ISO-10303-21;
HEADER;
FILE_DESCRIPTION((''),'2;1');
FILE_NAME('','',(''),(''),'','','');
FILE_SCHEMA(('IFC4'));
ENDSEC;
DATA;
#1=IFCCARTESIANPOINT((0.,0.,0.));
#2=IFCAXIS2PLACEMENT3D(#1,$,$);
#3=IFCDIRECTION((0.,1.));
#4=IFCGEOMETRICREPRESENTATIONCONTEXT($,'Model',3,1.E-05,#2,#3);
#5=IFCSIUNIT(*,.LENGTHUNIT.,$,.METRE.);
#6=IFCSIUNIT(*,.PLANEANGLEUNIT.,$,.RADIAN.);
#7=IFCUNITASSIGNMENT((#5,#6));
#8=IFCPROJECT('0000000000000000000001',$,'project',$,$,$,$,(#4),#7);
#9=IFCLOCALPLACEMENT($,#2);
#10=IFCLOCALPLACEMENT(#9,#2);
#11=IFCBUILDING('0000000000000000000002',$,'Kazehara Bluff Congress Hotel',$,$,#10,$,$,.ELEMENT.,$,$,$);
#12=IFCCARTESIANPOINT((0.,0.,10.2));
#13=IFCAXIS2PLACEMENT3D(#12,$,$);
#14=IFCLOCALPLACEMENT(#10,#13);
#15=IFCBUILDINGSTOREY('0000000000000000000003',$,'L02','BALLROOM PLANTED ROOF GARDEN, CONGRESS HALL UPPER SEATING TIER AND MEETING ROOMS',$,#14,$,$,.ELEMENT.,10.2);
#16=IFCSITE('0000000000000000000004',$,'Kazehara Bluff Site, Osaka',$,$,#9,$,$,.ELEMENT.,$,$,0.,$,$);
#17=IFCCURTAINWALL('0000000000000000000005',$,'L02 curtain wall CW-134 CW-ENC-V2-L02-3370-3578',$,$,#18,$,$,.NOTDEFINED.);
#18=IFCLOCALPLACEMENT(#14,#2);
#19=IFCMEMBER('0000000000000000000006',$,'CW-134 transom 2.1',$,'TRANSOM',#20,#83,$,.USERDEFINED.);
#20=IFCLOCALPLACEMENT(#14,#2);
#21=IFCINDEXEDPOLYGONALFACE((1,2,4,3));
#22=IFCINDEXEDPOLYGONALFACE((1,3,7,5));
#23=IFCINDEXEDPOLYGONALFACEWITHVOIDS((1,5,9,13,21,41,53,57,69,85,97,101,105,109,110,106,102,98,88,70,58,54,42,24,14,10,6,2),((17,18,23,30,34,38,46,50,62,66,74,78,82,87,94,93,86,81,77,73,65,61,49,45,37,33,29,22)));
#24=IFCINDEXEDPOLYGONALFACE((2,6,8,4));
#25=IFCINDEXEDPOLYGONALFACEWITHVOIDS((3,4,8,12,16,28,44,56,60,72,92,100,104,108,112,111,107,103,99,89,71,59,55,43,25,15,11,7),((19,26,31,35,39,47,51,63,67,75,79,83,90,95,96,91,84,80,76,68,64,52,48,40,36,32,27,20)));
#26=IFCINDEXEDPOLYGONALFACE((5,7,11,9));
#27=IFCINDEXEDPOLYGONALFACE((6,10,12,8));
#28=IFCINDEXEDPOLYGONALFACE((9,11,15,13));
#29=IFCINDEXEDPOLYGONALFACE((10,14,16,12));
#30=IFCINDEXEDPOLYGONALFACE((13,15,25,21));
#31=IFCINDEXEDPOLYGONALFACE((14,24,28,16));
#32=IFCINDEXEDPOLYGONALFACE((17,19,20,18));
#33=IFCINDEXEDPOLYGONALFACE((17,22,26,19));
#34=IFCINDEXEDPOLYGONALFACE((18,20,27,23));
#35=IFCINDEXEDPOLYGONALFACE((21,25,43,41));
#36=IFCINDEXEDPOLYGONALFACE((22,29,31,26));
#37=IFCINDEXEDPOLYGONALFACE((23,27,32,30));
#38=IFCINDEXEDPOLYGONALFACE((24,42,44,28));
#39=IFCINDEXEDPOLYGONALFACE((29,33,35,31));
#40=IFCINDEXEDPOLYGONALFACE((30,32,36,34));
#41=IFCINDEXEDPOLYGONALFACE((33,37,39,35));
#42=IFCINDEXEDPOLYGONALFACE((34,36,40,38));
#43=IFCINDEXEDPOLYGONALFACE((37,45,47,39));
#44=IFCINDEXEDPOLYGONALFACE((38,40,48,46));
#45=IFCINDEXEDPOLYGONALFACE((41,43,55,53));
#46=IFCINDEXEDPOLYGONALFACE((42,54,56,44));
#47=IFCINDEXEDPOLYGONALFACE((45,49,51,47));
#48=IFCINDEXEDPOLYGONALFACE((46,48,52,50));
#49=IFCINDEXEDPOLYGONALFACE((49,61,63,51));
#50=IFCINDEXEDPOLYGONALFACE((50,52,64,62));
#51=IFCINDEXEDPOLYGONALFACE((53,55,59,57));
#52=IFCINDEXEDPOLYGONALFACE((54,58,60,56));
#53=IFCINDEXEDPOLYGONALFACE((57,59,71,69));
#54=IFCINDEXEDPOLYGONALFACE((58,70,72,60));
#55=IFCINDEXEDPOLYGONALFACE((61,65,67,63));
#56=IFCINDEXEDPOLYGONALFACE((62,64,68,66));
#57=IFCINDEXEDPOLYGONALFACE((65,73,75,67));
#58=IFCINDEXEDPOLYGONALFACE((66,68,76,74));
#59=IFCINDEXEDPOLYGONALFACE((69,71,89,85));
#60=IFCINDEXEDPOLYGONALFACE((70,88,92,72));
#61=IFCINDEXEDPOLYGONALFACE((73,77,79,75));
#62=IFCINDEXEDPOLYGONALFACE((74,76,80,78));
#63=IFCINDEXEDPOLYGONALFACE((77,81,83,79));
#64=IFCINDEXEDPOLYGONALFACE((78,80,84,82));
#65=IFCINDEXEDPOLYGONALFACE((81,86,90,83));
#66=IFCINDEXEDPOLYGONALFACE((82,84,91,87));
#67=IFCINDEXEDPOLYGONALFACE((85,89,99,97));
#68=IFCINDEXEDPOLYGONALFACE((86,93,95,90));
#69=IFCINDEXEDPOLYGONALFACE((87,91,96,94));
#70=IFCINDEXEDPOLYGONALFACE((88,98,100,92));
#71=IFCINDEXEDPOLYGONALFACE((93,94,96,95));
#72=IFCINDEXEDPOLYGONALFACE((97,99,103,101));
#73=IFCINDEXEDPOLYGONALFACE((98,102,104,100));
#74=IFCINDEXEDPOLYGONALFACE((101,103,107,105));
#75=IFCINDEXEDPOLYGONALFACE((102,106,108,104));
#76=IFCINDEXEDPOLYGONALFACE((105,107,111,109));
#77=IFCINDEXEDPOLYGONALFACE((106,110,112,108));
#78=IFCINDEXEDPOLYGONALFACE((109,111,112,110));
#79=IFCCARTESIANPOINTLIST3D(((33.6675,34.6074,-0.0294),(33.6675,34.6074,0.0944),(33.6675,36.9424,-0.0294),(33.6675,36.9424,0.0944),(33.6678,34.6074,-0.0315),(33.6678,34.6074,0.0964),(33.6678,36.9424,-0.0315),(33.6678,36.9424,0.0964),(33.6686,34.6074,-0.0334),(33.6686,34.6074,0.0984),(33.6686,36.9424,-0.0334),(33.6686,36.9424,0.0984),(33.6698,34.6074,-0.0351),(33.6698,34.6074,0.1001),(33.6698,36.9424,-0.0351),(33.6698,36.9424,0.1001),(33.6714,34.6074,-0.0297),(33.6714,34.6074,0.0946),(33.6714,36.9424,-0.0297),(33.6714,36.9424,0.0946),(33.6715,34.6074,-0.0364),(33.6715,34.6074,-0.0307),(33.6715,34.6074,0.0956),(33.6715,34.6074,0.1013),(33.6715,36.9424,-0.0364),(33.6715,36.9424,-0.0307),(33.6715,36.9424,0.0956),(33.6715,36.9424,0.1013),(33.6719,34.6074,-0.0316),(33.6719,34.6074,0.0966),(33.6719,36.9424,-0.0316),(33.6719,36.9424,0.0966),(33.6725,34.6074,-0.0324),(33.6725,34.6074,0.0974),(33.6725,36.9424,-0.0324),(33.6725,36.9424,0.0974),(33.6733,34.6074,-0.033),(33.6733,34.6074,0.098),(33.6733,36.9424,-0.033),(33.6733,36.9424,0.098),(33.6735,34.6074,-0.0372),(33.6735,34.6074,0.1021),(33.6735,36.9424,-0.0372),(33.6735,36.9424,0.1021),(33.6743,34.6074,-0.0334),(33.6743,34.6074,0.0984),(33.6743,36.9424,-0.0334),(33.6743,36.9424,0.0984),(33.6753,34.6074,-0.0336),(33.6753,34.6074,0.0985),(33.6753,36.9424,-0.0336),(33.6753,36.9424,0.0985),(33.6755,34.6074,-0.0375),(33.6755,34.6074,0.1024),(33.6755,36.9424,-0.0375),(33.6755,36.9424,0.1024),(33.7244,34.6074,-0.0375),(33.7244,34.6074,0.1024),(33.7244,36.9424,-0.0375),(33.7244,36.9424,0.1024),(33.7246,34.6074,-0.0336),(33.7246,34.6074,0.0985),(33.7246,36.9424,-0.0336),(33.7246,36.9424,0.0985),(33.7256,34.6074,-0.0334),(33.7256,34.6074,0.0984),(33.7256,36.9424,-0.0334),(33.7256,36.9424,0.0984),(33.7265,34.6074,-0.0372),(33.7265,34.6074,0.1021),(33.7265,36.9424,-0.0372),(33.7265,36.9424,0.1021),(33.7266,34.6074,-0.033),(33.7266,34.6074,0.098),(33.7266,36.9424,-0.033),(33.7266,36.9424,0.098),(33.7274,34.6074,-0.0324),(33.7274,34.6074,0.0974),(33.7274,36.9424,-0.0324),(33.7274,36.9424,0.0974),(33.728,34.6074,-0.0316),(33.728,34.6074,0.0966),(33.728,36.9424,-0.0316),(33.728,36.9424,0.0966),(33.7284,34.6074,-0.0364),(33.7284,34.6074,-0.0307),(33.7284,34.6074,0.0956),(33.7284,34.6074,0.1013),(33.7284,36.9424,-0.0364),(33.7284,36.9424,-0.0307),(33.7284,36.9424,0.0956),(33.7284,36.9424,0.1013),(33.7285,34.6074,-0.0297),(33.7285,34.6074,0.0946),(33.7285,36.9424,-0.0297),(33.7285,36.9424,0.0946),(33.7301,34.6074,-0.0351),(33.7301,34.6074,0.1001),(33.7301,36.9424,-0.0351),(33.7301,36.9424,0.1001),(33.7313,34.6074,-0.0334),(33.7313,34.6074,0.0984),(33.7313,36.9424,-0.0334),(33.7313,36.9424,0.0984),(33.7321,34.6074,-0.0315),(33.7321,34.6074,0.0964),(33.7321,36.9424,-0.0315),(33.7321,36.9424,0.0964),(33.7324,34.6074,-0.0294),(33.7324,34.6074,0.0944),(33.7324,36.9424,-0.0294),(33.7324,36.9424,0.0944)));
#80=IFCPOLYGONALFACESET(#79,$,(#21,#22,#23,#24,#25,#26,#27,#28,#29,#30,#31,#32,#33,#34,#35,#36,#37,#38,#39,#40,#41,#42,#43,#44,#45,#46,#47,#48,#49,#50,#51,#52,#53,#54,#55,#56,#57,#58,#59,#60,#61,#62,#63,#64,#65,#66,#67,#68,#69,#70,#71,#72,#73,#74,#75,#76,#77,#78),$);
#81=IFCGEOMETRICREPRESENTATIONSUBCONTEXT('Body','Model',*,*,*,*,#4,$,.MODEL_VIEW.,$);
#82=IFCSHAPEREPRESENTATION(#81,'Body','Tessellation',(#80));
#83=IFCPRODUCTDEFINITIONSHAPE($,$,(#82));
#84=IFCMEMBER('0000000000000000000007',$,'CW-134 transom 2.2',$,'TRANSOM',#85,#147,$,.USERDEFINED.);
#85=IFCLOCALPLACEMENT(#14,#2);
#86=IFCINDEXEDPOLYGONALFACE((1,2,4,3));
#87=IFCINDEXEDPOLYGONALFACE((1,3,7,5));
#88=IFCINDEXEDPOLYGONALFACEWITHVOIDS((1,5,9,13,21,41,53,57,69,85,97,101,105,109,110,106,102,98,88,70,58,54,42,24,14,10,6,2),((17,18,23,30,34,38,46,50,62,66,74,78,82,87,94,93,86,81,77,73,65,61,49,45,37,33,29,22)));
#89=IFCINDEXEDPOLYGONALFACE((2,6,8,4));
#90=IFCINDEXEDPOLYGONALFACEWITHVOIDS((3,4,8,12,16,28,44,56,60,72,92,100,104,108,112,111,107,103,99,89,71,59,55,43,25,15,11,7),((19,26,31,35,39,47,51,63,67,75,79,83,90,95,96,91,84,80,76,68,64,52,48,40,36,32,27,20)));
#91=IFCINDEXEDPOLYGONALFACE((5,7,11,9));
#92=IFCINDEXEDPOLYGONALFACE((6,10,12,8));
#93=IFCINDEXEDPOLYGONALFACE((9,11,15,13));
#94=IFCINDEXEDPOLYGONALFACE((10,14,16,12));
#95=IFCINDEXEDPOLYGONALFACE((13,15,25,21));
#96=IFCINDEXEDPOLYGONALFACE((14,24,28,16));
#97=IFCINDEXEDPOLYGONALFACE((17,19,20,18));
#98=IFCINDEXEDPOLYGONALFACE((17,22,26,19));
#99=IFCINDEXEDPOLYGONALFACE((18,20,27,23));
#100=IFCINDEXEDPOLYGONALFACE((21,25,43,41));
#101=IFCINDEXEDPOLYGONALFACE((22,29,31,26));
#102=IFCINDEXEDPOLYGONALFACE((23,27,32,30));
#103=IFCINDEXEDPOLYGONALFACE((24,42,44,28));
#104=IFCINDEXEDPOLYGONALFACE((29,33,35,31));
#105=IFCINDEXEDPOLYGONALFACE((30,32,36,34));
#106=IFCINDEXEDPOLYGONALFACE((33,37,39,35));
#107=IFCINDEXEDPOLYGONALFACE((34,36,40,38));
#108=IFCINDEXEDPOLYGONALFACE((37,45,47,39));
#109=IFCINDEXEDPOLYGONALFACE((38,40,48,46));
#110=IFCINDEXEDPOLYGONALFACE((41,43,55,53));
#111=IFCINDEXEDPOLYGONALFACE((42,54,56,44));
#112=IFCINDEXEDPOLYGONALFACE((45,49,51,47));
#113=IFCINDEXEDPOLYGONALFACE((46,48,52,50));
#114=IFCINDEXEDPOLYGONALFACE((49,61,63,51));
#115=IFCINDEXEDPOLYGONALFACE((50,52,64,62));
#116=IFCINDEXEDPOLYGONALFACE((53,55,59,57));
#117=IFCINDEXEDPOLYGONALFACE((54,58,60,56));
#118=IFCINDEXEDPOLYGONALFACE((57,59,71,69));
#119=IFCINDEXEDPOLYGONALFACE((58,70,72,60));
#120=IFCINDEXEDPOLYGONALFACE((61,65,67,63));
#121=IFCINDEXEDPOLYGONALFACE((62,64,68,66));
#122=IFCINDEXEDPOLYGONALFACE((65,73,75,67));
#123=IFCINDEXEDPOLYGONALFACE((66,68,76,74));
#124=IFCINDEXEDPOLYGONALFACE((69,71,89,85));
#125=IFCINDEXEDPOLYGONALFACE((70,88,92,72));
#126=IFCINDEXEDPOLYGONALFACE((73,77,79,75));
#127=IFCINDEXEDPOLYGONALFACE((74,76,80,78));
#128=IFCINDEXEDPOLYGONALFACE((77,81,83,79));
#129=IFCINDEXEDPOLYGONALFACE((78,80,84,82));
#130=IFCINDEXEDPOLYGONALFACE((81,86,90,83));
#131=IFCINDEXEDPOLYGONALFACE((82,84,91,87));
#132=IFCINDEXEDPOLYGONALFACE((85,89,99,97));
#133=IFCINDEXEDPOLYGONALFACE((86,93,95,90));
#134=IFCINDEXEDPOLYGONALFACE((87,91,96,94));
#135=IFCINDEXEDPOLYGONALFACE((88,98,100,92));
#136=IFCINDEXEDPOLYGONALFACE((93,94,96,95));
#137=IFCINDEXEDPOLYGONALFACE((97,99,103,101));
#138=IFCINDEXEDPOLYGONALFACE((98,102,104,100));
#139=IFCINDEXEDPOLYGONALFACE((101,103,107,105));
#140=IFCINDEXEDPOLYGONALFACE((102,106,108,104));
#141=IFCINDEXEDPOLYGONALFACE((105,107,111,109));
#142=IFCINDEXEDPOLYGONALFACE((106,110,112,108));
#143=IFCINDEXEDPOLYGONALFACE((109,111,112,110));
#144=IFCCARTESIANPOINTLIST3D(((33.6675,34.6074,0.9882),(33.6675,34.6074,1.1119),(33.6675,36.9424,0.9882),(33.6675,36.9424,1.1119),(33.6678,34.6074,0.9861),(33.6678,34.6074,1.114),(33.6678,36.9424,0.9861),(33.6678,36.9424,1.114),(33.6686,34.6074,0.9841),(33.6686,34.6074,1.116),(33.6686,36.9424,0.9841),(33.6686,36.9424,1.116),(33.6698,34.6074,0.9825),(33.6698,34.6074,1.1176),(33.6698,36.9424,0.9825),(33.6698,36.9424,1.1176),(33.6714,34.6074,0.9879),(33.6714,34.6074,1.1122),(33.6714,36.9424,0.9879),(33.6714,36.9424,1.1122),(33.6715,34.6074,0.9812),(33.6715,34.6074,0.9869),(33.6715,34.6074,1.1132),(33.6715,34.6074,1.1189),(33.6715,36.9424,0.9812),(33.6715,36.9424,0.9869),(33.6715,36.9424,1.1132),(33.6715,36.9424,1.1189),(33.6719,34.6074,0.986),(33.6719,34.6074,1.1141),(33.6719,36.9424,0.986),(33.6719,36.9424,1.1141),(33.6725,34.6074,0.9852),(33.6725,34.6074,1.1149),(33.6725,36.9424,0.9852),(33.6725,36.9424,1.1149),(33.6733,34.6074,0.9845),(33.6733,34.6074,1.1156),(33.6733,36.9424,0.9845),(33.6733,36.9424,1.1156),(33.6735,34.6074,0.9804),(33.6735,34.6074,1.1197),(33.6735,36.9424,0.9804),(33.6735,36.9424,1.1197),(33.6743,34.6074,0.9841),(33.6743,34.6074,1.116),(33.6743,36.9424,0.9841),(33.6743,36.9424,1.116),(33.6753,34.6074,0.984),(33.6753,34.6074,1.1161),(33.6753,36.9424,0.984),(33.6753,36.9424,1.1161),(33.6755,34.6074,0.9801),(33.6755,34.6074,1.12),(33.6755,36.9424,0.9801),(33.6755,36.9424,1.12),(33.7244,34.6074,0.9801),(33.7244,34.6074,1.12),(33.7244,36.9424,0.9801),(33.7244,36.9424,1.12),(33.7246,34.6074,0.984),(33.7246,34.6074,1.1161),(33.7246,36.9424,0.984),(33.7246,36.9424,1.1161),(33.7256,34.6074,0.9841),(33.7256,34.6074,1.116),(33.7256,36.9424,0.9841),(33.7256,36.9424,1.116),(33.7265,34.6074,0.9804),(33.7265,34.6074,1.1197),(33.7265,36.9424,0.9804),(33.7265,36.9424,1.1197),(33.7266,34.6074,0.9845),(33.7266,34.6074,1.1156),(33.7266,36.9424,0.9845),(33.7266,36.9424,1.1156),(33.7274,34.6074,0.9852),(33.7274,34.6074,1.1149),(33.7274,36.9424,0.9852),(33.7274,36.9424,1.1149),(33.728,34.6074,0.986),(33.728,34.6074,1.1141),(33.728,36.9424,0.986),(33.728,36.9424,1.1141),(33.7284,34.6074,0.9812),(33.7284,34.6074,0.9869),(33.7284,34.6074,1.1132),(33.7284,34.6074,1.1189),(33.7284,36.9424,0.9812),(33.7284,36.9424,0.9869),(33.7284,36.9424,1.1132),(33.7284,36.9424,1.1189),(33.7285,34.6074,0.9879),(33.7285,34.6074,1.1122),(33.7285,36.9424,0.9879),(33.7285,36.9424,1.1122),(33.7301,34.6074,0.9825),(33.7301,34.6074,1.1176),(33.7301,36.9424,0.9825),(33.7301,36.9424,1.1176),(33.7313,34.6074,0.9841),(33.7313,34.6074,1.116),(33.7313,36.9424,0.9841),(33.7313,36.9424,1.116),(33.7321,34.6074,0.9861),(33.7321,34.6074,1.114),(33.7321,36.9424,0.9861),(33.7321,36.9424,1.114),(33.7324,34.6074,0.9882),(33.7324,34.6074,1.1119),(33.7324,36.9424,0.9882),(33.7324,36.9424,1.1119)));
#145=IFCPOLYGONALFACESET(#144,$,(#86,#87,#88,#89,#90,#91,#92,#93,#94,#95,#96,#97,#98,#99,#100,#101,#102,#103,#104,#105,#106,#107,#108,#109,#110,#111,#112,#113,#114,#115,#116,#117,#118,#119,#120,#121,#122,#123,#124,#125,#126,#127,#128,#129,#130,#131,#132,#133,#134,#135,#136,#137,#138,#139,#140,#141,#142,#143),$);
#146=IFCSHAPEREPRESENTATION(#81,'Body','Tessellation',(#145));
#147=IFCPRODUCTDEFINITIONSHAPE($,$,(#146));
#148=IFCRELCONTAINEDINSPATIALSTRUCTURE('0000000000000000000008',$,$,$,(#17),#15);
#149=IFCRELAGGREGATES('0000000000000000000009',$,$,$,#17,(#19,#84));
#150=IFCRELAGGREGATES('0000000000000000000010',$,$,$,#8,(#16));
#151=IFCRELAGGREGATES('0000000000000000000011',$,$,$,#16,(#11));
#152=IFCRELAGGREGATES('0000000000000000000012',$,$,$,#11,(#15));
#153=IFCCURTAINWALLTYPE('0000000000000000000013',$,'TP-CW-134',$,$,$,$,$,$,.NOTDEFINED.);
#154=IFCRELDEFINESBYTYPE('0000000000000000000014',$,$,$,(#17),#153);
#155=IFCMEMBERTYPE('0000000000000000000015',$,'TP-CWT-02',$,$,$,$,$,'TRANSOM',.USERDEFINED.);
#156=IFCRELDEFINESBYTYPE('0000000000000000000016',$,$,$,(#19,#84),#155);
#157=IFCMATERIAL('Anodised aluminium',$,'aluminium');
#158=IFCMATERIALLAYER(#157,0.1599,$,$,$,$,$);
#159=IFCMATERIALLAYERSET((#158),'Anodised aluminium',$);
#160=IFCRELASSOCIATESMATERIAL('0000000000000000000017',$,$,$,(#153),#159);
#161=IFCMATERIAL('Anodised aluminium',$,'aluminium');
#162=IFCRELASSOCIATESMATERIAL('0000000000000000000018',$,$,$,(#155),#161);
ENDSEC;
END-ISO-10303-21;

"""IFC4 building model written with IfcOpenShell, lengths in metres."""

from ifc_helpers import new_model, si_unit, direction, frame, origin, origin_2d, place, context, subcontext, project, spatial, hollow_rectangle, extrude, material, layer, layer_set, material_profile, profile_set, type_object, element, aggregate, save


model = new_model("IFC4")

# Units and contexts
model_context = context("Model", 3, precision=1e-05, world=origin(), true_north=direction((0.0, 1.0)))
body_context = subcontext(model_context, "Body", "Model", "MODEL_VIEW")
ifc_project = project(units=[si_unit("LENGTHUNIT", "METRE"), si_unit("PLANEANGLEUNIT", "RADIAN")], contexts=[model_context])

# Site, building, storey
site_placement = place(None, origin())
site = spatial("IfcSite", under=ifc_project, at=site_placement, Name="Kazehara Bluff Site, Osaka", CompositionType="ELEMENT", RefElevation=0.0)
building_placement = place(site_placement, origin())
building = spatial("IfcBuilding", under=site, at=building_placement, Name="Kazehara Bluff Congress Hotel", CompositionType="ELEMENT")
storey_placement = place(building_placement, frame((0.0, 0.0, 10.2)))
storey = spatial("IfcBuildingStorey", under=building, at=storey_placement, Name="L02", Description="BALLROOM PLANTED ROOF GARDEN, CONGRESS HALL UPPER SEATING TIER AND MEETING ROOMS", CompositionType="ELEMENT", Elevation=10.2)

# Curtain wall, members
ifc_material_1 = material(Name="Anodised aluminium", Category="aluminium")
ifc_layer_1 = layer(ifc_material_1, 0.1599)
ifc_layer_set_1 = layer_set([ifc_layer_1], Name="Anodised aluminium")
curtain_wall_type_1 = type_object("IfcCurtainWallType", Name="TP-CW-134", PredefinedType="NOTDEFINED", material=ifc_layer_set_1)
curtain_wall_1_placement = place(storey_placement, origin())
curtain_wall_1 = element("IfcCurtainWall", 1, at=curtain_wall_1_placement, inside=storey, type_object=curtain_wall_type_1, Name="L02 curtain wall CW-134 CW-ENC-V2-L02-3370-3578", PredefinedType="NOTDEFINED")
ifc_material_2 = material(Name="Anodised aluminium", Category="aluminium")
ifc_material_profile_1 = material_profile(ifc_material_2, hollow_rectangle(XDim=0.0649, YDim=0.1399, WallThickness=0.0039, InnerFilletRadius=0.0039, OuterFilletRadius=0.0081, at=origin_2d()))
ifc_profile_set_1 = profile_set([ifc_material_profile_1], Name="Anodised aluminium")
member_type_1 = type_object("IfcMemberType", Name="TP-CWT-02", ElementType="TRANSOM", PredefinedType="USERDEFINED", material=ifc_profile_set_1)
member_1_placement = place(storey_placement, frame((33.7, 34.6074, 0.0325), z_axis=(0.0, 1.0, 0.0), x_axis=(-1.0, 0.0, 0.0)))
member_1 = element("IfcMember", 2, at=member_1_placement, type_object=member_type_1, Name="CW-134 transom 2.1", ObjectType="TRANSOM", PredefinedType="USERDEFINED", context=body_context, shape_type="SweptSolid", body=[
    extrude(hollow_rectangle(XDim=0.0649, YDim=0.1399, WallThickness=0.0039, InnerFilletRadius=0.0039, OuterFilletRadius=0.0081, at=origin_2d()), origin(), (0.0, 0.0, 1.0), 2.335),
])
member_2_placement = place(storey_placement, frame((33.7, 34.6074, 1.05), z_axis=(0.0, 1.0, 0.0), x_axis=(-1.0, 0.0, 0.0)))
member_2 = element("IfcMember", 3, at=member_2_placement, type_object=member_type_1, Name="CW-134 transom 2.2", ObjectType="TRANSOM", PredefinedType="USERDEFINED", context=body_context, shape_type="SweptSolid", body=[
    extrude(hollow_rectangle(XDim=0.0649, YDim=0.1399, WallThickness=0.0039, InnerFilletRadius=0.0039, OuterFilletRadius=0.0081, at=origin_2d()), origin(), (0.0, 0.0, 1.0), 2.335),
])

aggregate(curtain_wall_1, [member_1, member_2])

save(model, "model.ifc")
